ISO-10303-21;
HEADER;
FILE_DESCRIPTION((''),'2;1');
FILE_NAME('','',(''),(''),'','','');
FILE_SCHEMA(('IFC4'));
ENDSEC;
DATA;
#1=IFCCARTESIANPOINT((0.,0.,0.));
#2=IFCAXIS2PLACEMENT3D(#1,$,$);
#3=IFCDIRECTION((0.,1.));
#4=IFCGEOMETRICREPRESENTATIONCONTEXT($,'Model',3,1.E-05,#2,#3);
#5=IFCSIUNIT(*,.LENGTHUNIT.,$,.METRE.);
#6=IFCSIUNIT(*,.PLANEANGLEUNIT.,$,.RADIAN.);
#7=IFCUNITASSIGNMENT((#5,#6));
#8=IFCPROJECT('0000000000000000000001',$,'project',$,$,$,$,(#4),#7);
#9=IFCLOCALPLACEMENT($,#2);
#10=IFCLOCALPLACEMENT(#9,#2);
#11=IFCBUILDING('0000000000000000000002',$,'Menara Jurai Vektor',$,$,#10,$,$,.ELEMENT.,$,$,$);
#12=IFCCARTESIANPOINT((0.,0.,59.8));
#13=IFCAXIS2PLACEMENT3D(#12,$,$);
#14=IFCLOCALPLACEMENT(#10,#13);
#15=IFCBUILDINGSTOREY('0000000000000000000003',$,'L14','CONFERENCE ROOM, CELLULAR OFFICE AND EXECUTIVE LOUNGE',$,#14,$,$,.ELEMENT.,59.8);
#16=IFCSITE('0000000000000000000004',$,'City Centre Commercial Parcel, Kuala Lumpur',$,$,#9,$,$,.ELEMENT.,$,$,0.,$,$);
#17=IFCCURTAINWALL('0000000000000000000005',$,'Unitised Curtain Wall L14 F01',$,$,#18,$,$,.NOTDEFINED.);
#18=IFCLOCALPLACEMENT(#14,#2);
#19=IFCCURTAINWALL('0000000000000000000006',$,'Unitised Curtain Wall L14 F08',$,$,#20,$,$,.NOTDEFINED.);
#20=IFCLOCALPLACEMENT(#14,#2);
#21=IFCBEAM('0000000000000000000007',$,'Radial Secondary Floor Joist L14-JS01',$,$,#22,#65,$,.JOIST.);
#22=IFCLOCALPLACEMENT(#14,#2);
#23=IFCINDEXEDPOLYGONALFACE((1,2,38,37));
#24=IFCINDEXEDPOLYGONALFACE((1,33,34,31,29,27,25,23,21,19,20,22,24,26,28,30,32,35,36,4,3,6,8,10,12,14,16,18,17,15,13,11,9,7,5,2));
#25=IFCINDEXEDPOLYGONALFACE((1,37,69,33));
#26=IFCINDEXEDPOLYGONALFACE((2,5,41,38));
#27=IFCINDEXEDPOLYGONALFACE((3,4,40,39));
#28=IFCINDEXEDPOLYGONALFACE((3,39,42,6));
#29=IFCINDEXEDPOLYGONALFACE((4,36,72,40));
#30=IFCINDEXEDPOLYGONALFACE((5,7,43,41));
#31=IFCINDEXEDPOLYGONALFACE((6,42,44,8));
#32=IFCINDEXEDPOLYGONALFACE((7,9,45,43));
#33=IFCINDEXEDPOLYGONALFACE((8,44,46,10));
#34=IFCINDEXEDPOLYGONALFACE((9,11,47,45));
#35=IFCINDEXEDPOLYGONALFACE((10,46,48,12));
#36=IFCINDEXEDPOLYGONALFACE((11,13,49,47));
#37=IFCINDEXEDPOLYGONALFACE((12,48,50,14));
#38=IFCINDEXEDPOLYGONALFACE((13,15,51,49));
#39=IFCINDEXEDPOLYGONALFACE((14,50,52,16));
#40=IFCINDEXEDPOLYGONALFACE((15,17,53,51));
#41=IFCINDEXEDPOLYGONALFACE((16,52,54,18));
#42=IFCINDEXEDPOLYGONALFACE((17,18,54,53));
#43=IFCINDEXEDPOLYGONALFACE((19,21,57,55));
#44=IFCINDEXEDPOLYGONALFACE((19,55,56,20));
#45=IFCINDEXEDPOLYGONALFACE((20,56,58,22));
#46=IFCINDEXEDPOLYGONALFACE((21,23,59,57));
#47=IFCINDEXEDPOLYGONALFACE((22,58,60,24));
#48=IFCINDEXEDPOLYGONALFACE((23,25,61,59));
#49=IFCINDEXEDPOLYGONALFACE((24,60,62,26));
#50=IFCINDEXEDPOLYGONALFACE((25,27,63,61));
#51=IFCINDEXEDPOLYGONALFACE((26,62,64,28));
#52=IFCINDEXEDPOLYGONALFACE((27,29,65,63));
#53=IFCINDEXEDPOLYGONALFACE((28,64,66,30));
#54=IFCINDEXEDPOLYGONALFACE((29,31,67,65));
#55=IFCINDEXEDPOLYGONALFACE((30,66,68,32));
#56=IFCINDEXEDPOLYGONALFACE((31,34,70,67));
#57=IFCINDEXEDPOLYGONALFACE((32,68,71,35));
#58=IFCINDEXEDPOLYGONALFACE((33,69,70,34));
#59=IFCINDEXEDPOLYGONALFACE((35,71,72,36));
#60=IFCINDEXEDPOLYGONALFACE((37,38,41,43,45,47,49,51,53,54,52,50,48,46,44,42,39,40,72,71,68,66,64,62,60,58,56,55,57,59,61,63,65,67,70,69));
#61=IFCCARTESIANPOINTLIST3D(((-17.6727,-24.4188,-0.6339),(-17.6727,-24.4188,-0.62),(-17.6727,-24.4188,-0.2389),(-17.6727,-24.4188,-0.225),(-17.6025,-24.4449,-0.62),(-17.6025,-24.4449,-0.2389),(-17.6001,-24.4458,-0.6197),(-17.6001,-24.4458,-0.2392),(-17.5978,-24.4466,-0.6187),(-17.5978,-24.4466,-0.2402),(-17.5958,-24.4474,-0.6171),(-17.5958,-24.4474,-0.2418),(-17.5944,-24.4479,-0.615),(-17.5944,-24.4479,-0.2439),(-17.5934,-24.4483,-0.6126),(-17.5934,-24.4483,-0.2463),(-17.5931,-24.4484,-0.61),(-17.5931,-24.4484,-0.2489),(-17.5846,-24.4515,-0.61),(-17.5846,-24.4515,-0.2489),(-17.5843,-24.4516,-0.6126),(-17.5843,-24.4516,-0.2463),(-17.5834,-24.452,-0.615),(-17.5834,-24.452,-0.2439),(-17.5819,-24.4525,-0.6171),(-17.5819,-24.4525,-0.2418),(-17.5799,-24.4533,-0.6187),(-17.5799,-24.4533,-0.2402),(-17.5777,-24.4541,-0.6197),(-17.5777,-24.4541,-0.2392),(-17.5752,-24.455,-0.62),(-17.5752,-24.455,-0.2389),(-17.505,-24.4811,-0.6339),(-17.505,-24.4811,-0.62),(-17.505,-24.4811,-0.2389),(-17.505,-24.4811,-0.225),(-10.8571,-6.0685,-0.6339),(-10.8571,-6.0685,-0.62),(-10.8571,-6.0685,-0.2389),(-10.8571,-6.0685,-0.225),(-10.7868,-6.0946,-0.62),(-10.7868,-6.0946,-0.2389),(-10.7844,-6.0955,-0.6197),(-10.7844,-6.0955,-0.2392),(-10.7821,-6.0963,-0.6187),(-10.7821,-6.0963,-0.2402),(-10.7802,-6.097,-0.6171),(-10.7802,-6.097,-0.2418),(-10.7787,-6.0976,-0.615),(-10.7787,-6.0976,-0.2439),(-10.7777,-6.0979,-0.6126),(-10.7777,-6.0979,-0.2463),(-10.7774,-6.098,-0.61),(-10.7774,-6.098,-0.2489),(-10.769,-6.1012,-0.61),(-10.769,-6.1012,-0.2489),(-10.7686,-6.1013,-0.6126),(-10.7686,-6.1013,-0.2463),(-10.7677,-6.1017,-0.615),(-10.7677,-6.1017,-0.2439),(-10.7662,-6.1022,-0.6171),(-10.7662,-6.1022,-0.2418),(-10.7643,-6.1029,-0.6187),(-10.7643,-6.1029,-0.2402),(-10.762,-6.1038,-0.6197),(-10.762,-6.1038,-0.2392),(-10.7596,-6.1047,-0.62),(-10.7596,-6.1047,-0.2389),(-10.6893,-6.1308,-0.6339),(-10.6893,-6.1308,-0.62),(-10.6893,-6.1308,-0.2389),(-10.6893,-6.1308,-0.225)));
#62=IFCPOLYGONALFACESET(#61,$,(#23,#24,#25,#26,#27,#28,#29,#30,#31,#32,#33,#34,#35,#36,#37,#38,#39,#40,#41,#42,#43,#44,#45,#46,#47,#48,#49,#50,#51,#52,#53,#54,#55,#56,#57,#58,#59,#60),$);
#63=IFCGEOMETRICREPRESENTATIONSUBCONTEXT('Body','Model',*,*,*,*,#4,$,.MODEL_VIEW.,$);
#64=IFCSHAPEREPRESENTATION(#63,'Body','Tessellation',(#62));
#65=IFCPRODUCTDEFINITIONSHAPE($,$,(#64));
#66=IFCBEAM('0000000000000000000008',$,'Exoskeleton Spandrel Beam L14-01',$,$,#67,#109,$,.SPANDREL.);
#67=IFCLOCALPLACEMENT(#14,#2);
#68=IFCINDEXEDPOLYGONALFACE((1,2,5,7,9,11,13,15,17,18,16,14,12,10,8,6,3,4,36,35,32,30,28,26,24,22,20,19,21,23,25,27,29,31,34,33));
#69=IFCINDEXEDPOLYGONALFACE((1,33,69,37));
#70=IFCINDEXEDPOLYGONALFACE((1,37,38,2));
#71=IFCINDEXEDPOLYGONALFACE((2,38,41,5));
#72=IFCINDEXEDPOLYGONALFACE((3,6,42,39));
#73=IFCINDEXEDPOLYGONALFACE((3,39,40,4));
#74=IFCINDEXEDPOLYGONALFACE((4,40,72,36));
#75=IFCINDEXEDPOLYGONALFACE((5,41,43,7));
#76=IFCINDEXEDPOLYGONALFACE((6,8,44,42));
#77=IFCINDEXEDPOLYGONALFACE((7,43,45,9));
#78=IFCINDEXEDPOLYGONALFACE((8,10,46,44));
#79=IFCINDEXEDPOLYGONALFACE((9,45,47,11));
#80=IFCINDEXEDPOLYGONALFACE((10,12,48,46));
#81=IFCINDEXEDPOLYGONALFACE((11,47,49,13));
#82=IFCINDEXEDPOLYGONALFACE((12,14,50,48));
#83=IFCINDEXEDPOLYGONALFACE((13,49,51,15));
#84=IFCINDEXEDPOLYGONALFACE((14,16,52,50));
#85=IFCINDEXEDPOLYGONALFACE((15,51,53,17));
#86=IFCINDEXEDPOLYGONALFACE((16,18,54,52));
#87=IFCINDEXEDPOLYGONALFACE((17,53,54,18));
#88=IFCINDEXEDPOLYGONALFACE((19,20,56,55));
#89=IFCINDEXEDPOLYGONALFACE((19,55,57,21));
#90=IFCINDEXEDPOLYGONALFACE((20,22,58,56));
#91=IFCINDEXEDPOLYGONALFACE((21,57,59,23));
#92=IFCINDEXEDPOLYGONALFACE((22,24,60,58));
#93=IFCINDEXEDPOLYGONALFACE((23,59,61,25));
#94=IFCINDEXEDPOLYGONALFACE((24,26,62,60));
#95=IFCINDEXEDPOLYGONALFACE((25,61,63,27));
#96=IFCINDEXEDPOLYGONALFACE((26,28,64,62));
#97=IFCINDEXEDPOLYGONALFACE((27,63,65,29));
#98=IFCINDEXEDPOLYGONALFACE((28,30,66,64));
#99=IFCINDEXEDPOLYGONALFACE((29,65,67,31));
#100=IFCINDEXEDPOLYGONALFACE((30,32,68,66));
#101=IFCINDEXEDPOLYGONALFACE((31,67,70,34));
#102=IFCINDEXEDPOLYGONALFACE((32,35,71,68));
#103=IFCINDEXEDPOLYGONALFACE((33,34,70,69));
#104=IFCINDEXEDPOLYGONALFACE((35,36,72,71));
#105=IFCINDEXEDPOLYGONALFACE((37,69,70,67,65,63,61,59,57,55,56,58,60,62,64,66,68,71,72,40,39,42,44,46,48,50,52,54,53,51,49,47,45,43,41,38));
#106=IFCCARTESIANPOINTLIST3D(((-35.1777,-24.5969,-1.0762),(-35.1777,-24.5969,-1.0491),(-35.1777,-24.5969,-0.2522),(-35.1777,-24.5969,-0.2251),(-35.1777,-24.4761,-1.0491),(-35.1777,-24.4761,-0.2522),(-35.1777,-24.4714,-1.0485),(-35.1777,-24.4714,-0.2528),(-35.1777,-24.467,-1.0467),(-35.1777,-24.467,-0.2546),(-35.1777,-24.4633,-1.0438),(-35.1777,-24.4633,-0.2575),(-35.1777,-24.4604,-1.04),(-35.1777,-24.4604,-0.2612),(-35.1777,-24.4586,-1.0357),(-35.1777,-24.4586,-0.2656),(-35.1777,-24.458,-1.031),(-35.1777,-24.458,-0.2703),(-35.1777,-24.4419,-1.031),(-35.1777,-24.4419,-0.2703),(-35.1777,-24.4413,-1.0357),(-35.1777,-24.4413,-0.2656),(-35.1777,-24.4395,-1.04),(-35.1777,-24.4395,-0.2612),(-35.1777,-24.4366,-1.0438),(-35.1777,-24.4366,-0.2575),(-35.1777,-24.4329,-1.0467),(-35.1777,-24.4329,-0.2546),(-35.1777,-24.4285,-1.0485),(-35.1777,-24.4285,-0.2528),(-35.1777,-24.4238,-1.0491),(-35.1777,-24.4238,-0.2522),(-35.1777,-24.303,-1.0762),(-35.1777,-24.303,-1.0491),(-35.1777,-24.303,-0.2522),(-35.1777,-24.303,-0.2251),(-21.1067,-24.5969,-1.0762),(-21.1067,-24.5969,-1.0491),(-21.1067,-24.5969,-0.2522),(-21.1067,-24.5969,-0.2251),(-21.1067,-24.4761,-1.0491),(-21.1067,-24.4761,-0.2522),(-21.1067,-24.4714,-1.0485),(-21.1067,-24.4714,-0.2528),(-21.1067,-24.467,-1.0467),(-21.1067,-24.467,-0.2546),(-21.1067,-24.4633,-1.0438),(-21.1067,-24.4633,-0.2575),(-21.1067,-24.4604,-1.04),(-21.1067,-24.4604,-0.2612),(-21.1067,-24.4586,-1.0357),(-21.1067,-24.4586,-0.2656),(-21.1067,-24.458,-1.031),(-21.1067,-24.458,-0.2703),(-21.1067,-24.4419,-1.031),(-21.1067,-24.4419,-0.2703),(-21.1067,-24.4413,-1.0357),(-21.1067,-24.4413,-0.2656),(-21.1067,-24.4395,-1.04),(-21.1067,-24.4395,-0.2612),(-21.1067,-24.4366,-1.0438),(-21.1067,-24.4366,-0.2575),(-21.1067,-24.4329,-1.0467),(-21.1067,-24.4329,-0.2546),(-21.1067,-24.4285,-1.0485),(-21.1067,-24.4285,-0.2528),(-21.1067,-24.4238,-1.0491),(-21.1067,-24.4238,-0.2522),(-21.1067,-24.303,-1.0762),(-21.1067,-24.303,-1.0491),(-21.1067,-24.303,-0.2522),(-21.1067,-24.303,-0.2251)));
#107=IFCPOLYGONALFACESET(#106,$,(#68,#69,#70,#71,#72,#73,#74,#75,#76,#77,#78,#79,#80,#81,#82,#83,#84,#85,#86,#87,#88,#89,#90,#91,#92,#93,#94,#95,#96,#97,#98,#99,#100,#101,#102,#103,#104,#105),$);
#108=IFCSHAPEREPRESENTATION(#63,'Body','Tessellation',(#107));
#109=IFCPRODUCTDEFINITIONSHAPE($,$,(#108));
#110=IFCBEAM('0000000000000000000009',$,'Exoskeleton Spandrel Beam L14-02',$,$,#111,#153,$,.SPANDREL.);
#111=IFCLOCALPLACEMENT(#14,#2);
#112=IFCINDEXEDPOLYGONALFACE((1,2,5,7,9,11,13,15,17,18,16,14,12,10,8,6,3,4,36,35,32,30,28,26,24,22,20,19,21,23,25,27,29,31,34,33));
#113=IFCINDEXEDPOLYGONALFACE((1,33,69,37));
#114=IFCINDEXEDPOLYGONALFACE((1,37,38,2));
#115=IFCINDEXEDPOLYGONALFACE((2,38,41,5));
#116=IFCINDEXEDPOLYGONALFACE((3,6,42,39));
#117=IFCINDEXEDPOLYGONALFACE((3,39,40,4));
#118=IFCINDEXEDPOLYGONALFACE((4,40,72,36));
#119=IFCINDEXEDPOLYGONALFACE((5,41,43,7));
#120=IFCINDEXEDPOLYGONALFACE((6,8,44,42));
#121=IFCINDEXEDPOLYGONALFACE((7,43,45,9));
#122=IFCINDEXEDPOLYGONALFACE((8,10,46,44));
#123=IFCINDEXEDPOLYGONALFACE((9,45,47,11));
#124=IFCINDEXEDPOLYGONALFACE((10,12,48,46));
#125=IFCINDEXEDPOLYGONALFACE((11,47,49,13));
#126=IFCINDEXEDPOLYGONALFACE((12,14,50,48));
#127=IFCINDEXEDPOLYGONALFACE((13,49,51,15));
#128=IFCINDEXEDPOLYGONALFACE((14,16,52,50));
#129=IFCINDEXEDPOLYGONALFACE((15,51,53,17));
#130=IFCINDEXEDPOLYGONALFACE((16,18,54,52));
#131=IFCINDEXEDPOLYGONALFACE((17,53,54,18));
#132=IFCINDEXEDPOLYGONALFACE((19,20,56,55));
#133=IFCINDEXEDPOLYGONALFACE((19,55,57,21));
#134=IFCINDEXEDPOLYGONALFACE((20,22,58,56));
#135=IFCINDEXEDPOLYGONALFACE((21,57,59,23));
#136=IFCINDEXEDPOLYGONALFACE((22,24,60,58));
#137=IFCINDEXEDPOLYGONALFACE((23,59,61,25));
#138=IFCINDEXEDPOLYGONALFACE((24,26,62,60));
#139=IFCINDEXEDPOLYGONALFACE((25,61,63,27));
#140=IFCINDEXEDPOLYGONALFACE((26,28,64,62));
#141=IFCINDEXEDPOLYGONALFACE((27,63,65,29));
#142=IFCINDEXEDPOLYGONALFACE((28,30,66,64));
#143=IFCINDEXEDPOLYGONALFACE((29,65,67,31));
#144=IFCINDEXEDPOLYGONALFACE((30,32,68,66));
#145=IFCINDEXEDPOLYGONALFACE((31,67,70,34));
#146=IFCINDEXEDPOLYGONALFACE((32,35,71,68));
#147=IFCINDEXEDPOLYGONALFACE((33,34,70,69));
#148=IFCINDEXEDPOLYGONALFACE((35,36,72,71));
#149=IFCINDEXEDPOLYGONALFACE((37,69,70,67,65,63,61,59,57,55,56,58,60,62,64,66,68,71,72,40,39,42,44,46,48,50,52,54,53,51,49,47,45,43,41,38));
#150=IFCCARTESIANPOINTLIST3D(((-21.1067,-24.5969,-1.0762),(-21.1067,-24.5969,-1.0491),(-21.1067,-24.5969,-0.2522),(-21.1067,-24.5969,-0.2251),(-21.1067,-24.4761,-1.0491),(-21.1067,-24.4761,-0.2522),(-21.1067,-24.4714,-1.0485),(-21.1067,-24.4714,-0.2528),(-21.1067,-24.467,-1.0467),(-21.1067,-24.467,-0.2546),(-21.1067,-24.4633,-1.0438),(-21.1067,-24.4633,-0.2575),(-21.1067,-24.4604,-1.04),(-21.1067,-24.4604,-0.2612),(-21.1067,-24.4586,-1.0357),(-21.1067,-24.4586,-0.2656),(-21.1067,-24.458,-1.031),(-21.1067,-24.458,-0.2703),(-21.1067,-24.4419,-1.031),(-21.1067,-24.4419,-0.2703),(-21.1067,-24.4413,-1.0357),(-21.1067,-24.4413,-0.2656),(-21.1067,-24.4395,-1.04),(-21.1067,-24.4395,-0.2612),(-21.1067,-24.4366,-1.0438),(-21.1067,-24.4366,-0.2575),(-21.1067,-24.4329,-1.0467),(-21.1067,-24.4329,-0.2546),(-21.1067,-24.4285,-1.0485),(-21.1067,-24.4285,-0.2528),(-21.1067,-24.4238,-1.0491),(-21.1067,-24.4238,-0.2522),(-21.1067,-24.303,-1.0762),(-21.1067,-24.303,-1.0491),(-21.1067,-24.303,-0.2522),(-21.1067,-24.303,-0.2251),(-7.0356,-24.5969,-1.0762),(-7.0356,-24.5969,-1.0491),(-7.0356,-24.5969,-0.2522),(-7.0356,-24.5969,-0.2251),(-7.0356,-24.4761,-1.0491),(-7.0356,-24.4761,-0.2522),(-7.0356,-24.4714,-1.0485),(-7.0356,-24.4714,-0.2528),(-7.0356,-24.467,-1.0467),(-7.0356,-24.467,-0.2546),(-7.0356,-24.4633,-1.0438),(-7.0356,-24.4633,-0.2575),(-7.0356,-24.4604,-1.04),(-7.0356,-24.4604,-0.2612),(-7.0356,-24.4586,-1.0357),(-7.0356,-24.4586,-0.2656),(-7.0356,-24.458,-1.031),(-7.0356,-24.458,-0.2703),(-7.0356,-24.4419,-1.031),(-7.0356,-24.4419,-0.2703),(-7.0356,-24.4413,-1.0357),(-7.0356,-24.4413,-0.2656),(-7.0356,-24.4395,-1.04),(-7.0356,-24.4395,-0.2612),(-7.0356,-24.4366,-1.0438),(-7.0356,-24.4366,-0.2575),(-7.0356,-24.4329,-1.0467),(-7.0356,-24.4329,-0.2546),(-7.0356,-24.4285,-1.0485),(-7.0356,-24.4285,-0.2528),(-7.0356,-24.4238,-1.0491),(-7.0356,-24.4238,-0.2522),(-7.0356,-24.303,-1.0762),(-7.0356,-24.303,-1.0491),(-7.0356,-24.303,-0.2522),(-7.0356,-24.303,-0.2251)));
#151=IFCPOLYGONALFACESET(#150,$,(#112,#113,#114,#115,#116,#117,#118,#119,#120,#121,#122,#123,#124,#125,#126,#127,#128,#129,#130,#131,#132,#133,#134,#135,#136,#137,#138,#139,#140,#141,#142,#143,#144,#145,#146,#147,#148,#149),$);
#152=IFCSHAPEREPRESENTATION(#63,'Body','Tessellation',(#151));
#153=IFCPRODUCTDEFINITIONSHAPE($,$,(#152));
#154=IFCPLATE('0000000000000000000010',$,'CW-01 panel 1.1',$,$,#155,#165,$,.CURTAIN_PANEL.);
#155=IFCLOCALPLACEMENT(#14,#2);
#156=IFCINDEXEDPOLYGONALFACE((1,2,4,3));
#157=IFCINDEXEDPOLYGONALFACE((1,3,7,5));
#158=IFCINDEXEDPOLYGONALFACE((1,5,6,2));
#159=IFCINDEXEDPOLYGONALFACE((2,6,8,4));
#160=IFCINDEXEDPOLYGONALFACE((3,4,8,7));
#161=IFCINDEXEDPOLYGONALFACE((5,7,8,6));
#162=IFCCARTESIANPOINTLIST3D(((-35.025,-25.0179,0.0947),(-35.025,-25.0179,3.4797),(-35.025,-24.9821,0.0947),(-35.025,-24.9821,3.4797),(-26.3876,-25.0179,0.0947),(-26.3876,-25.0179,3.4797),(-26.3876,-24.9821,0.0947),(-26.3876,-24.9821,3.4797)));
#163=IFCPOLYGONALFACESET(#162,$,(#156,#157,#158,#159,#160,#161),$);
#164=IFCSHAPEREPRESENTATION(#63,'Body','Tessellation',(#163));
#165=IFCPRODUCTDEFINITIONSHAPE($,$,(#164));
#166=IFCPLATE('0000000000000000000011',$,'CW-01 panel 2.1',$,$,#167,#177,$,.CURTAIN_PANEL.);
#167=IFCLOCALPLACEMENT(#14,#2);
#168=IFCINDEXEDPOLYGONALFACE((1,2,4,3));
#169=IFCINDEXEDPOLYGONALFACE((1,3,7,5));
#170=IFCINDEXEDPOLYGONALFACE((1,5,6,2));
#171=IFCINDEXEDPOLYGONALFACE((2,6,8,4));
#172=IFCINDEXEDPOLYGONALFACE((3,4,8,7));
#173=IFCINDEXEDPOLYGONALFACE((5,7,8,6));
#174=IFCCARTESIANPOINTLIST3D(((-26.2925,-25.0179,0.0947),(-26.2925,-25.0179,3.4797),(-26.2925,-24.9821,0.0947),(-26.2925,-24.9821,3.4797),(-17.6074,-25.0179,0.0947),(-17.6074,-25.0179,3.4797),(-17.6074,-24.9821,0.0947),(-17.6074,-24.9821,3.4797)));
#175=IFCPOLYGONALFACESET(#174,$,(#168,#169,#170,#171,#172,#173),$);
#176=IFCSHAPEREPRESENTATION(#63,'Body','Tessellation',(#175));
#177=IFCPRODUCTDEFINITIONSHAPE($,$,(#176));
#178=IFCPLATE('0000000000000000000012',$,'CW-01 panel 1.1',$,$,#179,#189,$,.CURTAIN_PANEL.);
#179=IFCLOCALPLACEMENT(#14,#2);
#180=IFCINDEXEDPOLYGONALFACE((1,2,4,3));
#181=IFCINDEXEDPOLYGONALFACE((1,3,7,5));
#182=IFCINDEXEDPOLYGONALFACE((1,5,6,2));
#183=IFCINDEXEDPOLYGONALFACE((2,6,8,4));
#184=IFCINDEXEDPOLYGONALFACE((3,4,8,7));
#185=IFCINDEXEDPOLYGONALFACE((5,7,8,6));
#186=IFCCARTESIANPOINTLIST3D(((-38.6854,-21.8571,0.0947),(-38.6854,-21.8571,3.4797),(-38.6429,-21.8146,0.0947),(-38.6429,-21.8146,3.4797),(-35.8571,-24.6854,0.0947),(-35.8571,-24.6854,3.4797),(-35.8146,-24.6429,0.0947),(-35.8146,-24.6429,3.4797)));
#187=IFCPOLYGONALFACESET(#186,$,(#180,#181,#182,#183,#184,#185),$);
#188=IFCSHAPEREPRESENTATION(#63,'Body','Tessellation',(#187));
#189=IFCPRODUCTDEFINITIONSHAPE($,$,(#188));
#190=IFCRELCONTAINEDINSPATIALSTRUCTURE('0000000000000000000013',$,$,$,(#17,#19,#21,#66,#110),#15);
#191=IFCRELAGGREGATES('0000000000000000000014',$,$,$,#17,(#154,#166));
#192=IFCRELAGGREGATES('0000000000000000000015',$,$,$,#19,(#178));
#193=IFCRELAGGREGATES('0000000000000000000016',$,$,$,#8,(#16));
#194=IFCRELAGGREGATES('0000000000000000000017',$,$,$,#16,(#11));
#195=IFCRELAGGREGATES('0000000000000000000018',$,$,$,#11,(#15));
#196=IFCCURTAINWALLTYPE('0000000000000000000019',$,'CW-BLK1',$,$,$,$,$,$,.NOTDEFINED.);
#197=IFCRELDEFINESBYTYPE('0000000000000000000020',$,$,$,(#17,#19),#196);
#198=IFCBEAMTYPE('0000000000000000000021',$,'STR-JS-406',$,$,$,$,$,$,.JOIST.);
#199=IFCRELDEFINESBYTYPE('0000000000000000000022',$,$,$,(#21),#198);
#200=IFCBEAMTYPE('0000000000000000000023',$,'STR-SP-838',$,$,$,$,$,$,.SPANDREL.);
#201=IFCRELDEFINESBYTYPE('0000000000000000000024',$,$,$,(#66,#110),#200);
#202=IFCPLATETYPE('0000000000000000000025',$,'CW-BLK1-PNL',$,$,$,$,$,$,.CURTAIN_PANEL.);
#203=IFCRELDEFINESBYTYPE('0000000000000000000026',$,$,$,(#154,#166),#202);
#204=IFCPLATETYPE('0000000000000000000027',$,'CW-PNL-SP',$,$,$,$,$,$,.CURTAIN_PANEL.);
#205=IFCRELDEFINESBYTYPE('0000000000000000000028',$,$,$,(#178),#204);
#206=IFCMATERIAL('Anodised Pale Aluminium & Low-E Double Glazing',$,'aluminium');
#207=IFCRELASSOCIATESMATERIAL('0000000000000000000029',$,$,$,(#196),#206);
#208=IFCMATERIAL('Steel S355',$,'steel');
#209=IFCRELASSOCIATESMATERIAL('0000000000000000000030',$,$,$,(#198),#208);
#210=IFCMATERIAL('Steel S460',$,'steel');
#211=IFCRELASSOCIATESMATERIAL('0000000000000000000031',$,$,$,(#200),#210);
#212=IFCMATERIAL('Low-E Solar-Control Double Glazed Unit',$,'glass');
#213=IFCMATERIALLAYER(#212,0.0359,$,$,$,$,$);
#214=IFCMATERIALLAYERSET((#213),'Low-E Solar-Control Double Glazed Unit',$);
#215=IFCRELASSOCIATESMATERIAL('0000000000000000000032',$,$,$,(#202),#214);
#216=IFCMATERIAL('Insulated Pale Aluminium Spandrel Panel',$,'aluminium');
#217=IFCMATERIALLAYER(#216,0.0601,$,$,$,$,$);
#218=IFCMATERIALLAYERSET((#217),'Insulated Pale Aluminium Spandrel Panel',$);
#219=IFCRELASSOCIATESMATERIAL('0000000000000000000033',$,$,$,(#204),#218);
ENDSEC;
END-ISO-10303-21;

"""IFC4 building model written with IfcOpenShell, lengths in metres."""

from ifc_helpers import new_model, si_unit, direction, frame, origin, origin_2d, place, context, subcontext, project, spatial, rectangle, i_section, extrude, material, layer, layer_set, material_profile, profile_set, type_object, element, aggregate, save


model = new_model("IFC4")

# Units and contexts
model_context = context("Model", 3, precision=1e-05, world=origin(), true_north=direction((0.0, 1.0)))
body_context = subcontext(model_context, "Body", "Model", "MODEL_VIEW")
ifc_project = project(units=[si_unit("LENGTHUNIT", "METRE"), si_unit("PLANEANGLEUNIT", "RADIAN")], contexts=[model_context])

# Site, building, storey
site_placement = place(None, origin())
site = spatial("IfcSite", under=ifc_project, at=site_placement, Name="City Centre Commercial Parcel, Kuala Lumpur", CompositionType="ELEMENT", RefElevation=0.0)
building_placement = place(site_placement, origin())
building = spatial("IfcBuilding", under=site, at=building_placement, Name="Menara Jurai Vektor", CompositionType="ELEMENT")
storey_placement = place(building_placement, frame((0.0, 0.0, 59.8)))
storey = spatial("IfcBuildingStorey", under=building, at=storey_placement, Name="L14", Description="CONFERENCE ROOM, CELLULAR OFFICE AND EXECUTIVE LOUNGE", CompositionType="ELEMENT", Elevation=59.8)

# Shared definitions
ifc_material_1 = material(Name="Steel S460", Category="steel")

# Curtain walls
ifc_material_2 = material(Name="Anodised Pale Aluminium & Low-E Double Glazing", Category="aluminium")
curtain_wall_type = type_object("IfcCurtainWallType", Name="CW-BLK1", PredefinedType="NOTDEFINED", material=ifc_material_2)
curtain_wall_1_placement = place(storey_placement, origin())
curtain_wall_1 = element("IfcCurtainWall", 1, at=curtain_wall_1_placement, inside=storey, type_object=curtain_wall_type, Name="Unitised Curtain Wall L14 F01", PredefinedType="NOTDEFINED")
curtain_wall_2_placement = place(storey_placement, origin())
curtain_wall_2 = element("IfcCurtainWall", 2, at=curtain_wall_2_placement, inside=storey, type_object=curtain_wall_type, Name="Unitised Curtain Wall L14 F08", PredefinedType="NOTDEFINED")

# Beams
ifc_material_3 = material(Name="Steel S355", Category="steel")
ifc_material_profile_1 = material_profile(ifc_material_3, i_section(OverallWidth=0.179, OverallDepth=0.4089, WebThickness=0.009, FlangeThickness=0.0139, FilletRadius=0.01, at=origin_2d()), Name="UKB 406x178x67")
ifc_profile_set_1 = profile_set([ifc_material_profile_1], Name="Steel S355")
beam_type_1 = type_object("IfcBeamType", Name="STR-JS-406", PredefinedType="JOIST", material=ifc_profile_set_1)
beam_1_placement = place(storey_placement, frame((-17.5889, -24.45, -0.4294), z_axis=(0.348179, 0.937428, 0.0), x_axis=(-0.937428, 0.348179, 0.0)))
element("IfcBeam", 3, at=beam_1_placement, inside=storey, type_object=beam_type_1, Name="Radial Secondary Floor Joist L14-JS01", PredefinedType="JOIST", context=body_context, shape_type="SweptSolid", body=[
    extrude(i_section(OverallWidth=0.179, OverallDepth=0.4089, WebThickness=0.009, FlangeThickness=0.0139, FilletRadius=0.01, at=origin_2d()), origin(), (0.0, 0.0, 1.0), 19.5752),
])
ifc_material_profile_2 = material_profile(ifc_material_1, i_section(OverallWidth=0.2939, OverallDepth=0.8511, WebThickness=0.0161, FlangeThickness=0.0271, FilletRadius=0.0181, at=origin_2d()), Name="UKB 838x292x226")
ifc_profile_set_2 = profile_set([ifc_material_profile_2], Name="Steel S460")
beam_type_2 = type_object("IfcBeamType", Name="STR-SP-838", PredefinedType="SPANDREL", material=ifc_profile_set_2)
for number, where, z_axis, x_axis, name in (
    (4, (-35.1777, -24.45, -0.6506), (1.0, 0.0, 0.0), (0.0, 1.0, 0.0), "Exoskeleton Spandrel Beam L14-01"),
    (5, (-21.1067, -24.45, -0.6506), (1.0, 0.0, 0.0), (0.0, 1.0, 0.0), "Exoskeleton Spandrel Beam L14-02"),
):
    element("IfcBeam", number, at=place(storey_placement, frame(where, z_axis=z_axis, x_axis=x_axis)), inside=storey, type_object=beam_type_2, Name=name, PredefinedType="SPANDREL", context=body_context, shape_type="SweptSolid", body=[
        extrude(i_section(OverallWidth=0.2939, OverallDepth=0.8511, WebThickness=0.0161, FlangeThickness=0.0271, FilletRadius=0.0181, at=origin_2d()), origin(), (0.0, 0.0, 1.0), 14.071),
    ])

# Plates
ifc_material_4 = material(Name="Low-E Solar-Control Double Glazed Unit", Category="glass")
ifc_layer_1 = layer(ifc_material_4, 0.0359)
ifc_layer_set_1 = layer_set([ifc_layer_1], Name="Low-E Solar-Control Double Glazed Unit")
plate_type_1 = type_object("IfcPlateType", Name="CW-BLK1-PNL", PredefinedType="CURTAIN_PANEL", material=ifc_layer_set_1)
plate_1_placement = place(storey_placement, frame((-30.7063, -25.0, 0.0947), z_axis=(0.0, 0.0, 1.0), x_axis=(1.0, 0.0, 0.0)))
plate_1 = element("IfcPlate", 6, at=plate_1_placement, type_object=plate_type_1, Name="CW-01 panel 1.1", PredefinedType="CURTAIN_PANEL", context=body_context, shape_type="SweptSolid", body=[
    extrude(rectangle(XDim=8.6375, YDim=0.0359, at=origin_2d()), origin(), (0.0, 0.0, 1.0), 3.385),
])
plate_2_placement = place(storey_placement, frame((-21.95, -25.0, 0.0947), z_axis=(0.0, 0.0, 1.0), x_axis=(1.0, 0.0, 0.0)))
plate_2 = element("IfcPlate", 7, at=plate_2_placement, type_object=plate_type_1, Name="CW-01 panel 2.1", PredefinedType="CURTAIN_PANEL", context=body_context, shape_type="SweptSolid", body=[
    extrude(rectangle(XDim=8.6851, YDim=0.0359, at=origin_2d()), origin(), (0.0, 0.0, 1.0), 3.385),
])
aggregate(curtain_wall_1, [plate_1, plate_2])
ifc_material_5 = material(Name="Insulated Pale Aluminium Spandrel Panel", Category="aluminium")
ifc_layer_2 = layer(ifc_material_5, 0.0601)
ifc_layer_set_2 = layer_set([ifc_layer_2], Name="Insulated Pale Aluminium Spandrel Panel")
plate_type_2 = type_object("IfcPlateType", Name="CW-PNL-SP", PredefinedType="CURTAIN_PANEL", material=ifc_layer_set_2)
plate_3_placement = place(storey_placement, frame((-37.25, -23.25, 0.0947), z_axis=(0.0, 0.0, 1.0), x_axis=(0.707107, -0.707107, 0.0)))
plate_3 = element("IfcPlate", 8, at=plate_3_placement, type_object=plate_type_2, Name="CW-01 panel 1.1", PredefinedType="CURTAIN_PANEL", context=body_context, shape_type="SweptSolid", body=[
    extrude(rectangle(XDim=3.9998, YDim=0.0601, at=origin_2d()), origin(), (0.0, 0.0, 1.0), 3.385),
])
aggregate(curtain_wall_2, [plate_3])

save(model, "model.ifc")
